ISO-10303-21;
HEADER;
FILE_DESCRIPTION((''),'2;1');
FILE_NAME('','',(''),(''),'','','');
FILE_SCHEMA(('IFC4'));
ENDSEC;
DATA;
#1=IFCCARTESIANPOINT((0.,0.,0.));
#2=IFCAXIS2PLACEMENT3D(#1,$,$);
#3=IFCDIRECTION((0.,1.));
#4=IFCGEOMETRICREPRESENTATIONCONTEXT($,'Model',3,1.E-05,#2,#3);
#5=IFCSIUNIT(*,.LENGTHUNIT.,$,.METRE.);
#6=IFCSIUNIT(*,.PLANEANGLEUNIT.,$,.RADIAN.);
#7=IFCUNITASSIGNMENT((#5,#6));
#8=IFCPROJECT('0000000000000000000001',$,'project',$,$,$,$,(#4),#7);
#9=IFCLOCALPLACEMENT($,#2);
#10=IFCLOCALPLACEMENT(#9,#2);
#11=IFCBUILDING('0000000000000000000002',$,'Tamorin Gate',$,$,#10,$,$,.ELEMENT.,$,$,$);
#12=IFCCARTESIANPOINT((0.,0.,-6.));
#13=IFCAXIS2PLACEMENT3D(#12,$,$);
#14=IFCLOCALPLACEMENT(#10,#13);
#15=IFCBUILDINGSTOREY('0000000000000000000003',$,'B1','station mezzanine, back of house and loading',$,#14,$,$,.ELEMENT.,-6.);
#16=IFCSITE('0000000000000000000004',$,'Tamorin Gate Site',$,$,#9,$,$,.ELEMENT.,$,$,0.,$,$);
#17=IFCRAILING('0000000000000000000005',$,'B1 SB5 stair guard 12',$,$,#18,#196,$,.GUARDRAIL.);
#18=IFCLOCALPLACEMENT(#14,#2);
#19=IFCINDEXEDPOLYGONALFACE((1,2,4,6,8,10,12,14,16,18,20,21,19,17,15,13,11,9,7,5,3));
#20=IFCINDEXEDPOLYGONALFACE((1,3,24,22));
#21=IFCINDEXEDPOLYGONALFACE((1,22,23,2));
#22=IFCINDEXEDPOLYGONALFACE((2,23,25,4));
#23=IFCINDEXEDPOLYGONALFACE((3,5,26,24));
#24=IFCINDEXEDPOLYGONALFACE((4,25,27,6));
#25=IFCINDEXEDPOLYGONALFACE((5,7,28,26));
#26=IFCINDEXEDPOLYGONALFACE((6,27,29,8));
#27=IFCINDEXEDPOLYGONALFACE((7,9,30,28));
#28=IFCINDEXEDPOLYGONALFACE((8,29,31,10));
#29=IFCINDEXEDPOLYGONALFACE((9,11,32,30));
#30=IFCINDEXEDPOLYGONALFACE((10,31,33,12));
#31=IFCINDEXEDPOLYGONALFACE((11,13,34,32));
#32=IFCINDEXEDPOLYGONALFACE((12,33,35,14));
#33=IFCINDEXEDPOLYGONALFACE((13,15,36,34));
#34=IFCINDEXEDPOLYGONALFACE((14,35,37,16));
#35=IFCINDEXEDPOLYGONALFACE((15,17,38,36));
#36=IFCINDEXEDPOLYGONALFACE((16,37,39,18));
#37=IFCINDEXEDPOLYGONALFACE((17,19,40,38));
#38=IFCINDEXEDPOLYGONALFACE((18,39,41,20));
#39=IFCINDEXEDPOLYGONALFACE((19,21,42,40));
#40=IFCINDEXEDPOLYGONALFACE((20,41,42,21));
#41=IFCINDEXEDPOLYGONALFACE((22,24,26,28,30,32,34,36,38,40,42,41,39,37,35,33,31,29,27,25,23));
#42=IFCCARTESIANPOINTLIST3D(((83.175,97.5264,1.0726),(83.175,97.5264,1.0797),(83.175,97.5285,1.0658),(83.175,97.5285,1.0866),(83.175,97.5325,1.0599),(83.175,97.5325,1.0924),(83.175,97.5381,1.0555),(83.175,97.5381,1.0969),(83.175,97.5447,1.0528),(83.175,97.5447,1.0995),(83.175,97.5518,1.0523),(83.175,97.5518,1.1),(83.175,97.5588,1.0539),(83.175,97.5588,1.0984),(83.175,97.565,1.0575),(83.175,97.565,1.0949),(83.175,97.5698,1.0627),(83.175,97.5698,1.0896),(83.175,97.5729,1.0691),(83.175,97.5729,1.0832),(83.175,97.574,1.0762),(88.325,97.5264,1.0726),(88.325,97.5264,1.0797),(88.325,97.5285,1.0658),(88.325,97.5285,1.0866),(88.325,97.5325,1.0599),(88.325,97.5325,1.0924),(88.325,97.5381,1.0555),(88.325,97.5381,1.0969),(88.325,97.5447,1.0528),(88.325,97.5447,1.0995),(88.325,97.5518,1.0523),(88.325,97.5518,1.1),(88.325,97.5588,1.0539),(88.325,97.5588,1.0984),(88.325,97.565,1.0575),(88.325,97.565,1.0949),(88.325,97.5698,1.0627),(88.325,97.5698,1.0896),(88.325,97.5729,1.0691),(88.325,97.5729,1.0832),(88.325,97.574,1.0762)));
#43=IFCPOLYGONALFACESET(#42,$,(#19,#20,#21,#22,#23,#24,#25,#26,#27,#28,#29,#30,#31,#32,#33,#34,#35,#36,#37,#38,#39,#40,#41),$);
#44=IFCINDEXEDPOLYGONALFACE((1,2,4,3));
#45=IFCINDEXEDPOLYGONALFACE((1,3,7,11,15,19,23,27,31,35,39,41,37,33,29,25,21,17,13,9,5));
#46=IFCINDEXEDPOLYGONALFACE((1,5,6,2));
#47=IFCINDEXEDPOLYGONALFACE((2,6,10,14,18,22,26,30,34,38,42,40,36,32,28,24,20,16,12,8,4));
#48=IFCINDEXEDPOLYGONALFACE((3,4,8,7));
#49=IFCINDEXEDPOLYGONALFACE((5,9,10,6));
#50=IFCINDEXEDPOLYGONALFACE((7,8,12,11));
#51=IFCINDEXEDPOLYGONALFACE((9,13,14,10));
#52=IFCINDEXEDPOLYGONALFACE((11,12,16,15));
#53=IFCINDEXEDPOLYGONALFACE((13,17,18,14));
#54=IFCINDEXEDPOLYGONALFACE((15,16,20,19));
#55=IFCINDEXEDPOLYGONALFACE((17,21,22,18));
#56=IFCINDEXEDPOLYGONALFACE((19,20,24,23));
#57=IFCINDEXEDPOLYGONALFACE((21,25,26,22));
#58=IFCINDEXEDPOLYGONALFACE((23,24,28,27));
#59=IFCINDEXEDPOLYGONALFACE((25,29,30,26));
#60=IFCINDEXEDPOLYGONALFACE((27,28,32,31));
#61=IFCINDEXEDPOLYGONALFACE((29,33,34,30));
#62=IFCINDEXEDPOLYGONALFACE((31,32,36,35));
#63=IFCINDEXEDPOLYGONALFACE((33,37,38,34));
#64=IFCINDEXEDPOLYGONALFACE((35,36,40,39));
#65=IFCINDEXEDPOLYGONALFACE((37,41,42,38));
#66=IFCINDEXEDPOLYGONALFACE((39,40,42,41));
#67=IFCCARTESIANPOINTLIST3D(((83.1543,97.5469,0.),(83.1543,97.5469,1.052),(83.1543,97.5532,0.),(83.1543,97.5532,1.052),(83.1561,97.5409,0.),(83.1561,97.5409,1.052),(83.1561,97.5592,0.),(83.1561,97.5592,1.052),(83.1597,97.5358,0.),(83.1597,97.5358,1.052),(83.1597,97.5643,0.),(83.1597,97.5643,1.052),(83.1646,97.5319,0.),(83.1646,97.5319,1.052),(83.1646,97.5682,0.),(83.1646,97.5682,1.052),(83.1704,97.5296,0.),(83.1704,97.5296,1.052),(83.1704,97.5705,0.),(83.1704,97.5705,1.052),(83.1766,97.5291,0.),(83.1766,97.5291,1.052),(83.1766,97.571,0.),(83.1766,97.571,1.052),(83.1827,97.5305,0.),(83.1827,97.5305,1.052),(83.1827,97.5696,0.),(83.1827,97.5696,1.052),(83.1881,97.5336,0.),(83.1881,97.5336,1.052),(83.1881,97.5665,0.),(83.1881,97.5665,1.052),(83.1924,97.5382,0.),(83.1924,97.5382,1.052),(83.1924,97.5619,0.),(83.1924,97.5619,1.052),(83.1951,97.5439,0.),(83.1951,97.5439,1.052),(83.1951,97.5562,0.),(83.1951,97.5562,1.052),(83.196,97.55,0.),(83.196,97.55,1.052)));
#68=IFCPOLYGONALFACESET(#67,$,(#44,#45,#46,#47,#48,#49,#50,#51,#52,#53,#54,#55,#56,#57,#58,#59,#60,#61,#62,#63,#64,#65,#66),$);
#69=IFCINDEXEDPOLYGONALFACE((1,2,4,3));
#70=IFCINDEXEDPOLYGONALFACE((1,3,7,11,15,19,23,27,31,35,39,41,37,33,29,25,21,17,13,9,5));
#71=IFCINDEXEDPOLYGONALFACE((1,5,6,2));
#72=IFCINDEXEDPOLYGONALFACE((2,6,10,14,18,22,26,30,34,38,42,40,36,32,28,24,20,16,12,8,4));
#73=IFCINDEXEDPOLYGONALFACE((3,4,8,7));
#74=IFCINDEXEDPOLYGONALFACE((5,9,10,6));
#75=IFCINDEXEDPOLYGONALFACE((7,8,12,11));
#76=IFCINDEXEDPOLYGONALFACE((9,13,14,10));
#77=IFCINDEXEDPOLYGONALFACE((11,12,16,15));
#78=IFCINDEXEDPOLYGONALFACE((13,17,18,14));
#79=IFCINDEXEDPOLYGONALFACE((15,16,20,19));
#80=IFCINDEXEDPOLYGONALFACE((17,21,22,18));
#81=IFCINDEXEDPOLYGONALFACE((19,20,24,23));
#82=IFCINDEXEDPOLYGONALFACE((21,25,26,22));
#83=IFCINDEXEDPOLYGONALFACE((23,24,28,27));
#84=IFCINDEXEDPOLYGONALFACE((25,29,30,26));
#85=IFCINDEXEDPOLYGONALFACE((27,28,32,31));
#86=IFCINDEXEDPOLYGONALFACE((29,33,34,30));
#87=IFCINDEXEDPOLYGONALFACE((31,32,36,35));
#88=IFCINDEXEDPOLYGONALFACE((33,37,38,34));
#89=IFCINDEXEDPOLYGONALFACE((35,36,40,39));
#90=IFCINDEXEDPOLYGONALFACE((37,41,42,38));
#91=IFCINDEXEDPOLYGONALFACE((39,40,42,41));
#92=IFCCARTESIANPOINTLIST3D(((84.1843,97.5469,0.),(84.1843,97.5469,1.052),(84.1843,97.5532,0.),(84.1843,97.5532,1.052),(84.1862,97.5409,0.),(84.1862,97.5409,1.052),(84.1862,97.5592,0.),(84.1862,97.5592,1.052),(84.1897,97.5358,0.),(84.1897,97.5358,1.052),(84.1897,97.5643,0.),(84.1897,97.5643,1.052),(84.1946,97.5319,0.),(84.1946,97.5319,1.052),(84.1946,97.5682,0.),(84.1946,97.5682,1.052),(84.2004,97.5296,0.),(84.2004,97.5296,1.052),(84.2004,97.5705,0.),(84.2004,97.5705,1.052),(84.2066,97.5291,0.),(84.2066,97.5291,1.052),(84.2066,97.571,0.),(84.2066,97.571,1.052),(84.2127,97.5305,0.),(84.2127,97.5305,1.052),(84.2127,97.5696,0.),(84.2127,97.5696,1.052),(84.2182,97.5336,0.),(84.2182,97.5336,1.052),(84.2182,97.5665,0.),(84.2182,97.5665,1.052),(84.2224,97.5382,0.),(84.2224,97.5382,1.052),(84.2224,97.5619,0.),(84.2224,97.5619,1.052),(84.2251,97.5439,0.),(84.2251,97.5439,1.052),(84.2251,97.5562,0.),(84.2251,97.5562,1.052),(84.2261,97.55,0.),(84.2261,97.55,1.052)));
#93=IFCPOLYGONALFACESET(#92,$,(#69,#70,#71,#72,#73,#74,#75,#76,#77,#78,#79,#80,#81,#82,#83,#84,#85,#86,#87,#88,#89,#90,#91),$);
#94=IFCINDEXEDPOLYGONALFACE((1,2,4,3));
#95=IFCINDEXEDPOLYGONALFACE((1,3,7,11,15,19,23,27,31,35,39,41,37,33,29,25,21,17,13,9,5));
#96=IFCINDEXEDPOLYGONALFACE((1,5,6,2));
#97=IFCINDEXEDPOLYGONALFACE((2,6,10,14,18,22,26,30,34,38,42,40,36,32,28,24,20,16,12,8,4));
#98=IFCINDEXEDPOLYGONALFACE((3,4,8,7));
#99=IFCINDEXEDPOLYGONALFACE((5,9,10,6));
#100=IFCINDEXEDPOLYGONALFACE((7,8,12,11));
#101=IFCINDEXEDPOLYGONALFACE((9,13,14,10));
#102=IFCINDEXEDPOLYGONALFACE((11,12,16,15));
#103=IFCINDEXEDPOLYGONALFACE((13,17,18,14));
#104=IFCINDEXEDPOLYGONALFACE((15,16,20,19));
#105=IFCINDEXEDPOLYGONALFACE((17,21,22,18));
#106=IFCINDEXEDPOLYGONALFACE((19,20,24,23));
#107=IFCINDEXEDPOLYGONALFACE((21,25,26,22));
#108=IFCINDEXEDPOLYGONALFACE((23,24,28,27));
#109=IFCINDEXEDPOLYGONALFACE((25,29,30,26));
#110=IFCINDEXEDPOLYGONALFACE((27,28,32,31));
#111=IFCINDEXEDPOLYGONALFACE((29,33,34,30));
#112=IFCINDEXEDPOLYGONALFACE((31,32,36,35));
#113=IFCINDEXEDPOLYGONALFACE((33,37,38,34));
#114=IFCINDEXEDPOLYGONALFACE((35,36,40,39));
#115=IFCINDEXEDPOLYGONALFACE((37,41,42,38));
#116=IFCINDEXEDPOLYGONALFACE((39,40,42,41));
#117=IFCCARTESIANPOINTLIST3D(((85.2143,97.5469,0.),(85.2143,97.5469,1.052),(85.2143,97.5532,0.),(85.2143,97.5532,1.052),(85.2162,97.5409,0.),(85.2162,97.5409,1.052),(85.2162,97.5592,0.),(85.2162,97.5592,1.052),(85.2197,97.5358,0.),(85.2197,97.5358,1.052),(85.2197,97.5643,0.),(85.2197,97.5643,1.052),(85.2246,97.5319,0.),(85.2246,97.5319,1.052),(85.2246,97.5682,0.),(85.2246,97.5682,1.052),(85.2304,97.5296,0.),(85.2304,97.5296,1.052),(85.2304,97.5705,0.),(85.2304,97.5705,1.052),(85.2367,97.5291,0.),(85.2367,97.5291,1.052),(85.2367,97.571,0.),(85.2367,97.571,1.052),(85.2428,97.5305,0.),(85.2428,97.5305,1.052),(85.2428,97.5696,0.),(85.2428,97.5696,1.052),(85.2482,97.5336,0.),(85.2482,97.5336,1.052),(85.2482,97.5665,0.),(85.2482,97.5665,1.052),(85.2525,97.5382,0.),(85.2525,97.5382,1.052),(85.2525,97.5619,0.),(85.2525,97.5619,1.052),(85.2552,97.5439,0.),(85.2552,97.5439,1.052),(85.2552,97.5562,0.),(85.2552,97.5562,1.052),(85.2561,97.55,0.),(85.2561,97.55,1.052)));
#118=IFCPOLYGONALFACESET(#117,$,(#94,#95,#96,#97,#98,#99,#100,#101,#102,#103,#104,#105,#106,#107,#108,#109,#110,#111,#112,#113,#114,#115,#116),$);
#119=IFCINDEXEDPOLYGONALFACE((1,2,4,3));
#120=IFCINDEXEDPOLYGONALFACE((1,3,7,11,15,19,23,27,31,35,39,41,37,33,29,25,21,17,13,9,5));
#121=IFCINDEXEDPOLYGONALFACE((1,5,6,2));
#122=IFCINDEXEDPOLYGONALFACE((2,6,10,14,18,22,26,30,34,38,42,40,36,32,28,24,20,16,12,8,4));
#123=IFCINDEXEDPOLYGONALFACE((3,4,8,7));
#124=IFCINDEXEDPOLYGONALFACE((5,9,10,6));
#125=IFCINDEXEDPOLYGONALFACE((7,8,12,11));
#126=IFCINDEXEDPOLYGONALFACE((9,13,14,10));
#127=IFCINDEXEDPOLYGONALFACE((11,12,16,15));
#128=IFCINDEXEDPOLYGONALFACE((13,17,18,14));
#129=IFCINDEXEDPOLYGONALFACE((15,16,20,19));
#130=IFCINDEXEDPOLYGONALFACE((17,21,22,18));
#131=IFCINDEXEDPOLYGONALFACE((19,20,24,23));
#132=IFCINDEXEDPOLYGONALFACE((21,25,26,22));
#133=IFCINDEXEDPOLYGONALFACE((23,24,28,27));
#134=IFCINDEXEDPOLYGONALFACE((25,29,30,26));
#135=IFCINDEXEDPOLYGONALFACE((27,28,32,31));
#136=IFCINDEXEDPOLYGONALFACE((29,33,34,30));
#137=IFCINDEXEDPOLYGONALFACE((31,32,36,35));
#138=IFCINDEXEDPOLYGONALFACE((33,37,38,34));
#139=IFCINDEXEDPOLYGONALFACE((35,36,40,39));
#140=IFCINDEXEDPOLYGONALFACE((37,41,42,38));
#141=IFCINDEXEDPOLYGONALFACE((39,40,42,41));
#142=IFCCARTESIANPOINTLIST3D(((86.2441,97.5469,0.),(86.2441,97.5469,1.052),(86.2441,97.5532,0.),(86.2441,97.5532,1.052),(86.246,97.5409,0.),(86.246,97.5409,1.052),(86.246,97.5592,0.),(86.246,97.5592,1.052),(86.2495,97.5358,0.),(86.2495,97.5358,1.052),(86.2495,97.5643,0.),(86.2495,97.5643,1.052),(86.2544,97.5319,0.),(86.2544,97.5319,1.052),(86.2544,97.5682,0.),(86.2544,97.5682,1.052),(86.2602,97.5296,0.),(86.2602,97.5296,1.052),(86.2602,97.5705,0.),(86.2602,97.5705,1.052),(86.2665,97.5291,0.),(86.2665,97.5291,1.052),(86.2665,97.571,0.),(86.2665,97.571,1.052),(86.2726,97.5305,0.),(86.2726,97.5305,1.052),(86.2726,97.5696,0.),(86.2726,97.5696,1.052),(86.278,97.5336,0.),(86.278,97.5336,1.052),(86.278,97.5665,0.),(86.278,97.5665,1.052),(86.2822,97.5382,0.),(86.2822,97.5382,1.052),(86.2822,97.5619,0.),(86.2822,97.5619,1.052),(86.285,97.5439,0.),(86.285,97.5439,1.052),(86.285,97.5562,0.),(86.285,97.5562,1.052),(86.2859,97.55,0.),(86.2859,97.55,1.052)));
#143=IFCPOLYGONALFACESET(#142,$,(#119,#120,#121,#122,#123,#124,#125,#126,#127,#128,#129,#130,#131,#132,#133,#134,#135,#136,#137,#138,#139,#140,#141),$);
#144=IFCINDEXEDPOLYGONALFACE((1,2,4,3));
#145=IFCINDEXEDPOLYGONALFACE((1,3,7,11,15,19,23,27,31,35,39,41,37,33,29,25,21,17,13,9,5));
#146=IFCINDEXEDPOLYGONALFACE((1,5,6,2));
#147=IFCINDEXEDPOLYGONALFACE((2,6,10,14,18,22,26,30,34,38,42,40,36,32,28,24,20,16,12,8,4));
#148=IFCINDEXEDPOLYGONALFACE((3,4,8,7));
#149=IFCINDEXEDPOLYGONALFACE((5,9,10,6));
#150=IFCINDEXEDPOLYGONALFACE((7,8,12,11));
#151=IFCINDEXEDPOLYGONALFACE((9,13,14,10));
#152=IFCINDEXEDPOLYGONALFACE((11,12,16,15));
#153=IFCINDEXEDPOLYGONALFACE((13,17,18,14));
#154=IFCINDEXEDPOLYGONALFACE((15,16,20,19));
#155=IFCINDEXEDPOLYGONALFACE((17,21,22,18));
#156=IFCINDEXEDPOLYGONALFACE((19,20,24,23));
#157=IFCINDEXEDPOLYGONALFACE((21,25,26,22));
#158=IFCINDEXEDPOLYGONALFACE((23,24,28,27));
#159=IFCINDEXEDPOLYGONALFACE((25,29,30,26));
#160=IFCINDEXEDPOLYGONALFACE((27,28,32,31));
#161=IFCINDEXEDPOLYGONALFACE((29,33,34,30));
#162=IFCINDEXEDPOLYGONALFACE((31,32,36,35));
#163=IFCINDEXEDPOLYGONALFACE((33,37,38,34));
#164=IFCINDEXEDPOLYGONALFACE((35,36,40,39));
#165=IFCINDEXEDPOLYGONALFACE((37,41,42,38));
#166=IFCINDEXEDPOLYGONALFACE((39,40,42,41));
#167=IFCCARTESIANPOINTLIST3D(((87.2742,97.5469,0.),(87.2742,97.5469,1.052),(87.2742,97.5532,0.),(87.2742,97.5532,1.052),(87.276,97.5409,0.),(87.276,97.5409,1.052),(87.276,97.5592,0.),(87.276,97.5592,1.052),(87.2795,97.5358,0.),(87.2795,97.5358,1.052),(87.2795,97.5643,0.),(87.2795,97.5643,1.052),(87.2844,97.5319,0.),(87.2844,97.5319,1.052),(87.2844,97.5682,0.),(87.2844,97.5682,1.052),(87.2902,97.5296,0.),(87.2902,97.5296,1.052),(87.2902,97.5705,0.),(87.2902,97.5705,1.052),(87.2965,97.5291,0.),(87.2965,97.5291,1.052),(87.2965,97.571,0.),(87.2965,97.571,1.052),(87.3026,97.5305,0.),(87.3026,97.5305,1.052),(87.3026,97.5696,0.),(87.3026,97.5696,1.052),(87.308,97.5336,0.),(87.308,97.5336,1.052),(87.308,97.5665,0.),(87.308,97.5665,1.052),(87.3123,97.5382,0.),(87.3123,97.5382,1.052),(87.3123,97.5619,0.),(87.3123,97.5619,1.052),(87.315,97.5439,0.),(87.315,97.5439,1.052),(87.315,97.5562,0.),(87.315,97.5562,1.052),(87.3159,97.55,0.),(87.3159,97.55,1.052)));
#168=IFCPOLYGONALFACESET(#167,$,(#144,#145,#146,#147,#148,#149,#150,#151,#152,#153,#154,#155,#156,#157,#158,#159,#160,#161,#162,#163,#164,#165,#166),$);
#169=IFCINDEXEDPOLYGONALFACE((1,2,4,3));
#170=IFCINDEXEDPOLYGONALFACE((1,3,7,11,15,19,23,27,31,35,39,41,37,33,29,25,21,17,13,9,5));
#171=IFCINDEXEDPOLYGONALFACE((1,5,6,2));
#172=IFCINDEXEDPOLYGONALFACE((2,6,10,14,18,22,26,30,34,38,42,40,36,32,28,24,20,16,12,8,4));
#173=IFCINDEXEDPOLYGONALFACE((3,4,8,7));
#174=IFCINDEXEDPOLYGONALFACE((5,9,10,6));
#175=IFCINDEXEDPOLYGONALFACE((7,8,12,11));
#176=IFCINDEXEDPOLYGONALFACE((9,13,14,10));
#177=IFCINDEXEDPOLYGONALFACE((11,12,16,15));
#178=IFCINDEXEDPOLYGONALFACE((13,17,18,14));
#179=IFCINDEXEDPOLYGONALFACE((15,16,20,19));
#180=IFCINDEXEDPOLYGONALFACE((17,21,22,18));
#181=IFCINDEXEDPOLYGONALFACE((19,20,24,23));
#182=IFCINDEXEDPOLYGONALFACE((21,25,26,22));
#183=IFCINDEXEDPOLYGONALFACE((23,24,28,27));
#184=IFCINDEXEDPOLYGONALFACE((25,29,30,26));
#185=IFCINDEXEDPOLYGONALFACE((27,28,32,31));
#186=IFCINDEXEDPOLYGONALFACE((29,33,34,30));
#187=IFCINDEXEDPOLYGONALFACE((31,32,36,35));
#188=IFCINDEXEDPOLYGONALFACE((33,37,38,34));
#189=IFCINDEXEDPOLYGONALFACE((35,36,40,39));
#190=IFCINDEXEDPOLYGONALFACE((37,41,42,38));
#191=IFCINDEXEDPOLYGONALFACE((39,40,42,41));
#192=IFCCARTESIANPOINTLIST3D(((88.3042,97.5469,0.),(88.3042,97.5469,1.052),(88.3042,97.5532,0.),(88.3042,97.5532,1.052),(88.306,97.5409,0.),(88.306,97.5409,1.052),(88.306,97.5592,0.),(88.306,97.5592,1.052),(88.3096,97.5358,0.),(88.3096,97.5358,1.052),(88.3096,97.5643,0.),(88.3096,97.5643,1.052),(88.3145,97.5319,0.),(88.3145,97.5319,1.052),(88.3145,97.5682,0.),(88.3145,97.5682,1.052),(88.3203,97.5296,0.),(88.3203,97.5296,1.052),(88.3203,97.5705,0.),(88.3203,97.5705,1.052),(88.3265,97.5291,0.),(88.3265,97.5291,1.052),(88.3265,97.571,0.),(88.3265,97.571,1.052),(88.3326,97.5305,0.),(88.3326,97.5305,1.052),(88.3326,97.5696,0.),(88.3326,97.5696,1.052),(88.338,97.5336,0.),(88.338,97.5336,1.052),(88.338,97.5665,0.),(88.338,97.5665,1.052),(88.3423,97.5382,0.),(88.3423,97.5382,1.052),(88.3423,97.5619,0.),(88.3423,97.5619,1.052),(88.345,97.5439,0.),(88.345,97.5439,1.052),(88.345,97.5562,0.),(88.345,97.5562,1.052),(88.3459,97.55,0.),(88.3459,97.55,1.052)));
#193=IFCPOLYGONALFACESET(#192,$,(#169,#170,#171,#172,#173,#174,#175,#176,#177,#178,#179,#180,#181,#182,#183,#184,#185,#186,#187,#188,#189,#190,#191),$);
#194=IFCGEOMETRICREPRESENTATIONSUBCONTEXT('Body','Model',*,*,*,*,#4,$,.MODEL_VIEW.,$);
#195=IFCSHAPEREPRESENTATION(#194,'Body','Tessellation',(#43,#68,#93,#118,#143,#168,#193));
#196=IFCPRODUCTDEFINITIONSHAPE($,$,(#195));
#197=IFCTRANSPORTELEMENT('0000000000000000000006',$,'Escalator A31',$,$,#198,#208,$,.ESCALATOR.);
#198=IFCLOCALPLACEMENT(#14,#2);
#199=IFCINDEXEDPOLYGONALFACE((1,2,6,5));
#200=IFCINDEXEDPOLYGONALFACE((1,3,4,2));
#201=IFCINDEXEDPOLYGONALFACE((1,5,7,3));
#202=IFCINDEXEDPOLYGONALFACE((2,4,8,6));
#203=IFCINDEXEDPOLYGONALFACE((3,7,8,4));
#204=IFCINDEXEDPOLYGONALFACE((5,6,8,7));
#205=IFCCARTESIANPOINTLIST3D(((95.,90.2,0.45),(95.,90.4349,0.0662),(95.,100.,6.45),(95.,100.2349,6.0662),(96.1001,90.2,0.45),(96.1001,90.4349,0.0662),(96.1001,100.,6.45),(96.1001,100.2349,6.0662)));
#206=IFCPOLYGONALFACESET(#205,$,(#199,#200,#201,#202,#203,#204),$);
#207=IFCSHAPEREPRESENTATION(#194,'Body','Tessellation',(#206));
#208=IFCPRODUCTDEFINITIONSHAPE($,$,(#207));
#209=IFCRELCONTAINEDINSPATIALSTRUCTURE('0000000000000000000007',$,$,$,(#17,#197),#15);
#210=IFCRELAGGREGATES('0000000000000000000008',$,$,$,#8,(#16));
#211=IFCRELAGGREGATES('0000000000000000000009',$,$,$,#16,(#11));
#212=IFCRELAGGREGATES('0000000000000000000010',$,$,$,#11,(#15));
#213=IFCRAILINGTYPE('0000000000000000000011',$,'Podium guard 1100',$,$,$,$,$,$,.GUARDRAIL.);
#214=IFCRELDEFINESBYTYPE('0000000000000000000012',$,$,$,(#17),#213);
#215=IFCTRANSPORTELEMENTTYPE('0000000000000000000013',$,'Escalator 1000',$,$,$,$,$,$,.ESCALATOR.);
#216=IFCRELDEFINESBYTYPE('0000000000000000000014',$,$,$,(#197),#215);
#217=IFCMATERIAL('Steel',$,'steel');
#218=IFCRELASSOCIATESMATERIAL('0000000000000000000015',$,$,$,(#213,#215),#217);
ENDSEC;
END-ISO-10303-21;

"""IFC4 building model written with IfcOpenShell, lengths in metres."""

from ifc_helpers import new_model, si_unit, direction, frame, origin, origin_2d, place, context, subcontext, project, spatial, polyline, circle, outline, extrude, material, type_object, element, save


model = new_model("IFC4")

# Units and contexts
model_context = context("Model", 3, precision=1e-05, world=origin(), true_north=direction((0.0, 1.0)))
body_context = subcontext(model_context, "Body", "Model", "MODEL_VIEW")
ifc_project = project(units=[si_unit("LENGTHUNIT", "METRE"), si_unit("PLANEANGLEUNIT", "RADIAN")], contexts=[model_context])

# Site, building, storey
site_placement = place(None, origin())
site = spatial("IfcSite", under=ifc_project, at=site_placement, Name="Tamorin Gate Site", CompositionType="ELEMENT", RefElevation=0.0)
building_placement = place(site_placement, origin())
building = spatial("IfcBuilding", under=site, at=building_placement, Name="Tamorin Gate", CompositionType="ELEMENT")
storey_placement = place(building_placement, frame((0.0, 0.0, -6.0)))
storey = spatial("IfcBuildingStorey", under=building, at=storey_placement, Name="B1", Description="station mezzanine, back of house and loading", CompositionType="ELEMENT", Elevation=-6.0)

# Railing
ifc_material_1 = material(Name="Steel", Category="steel")
railing_type_1 = type_object("IfcRailingType", Name="Podium guard 1100", PredefinedType="GUARDRAIL", material=ifc_material_1)
railing_1_placement = place(storey_placement, frame((83.175, 97.55, 0.0)))
element("IfcRailing", 1, at=railing_1_placement, inside=storey, type_object=railing_type_1, Name="B1 SB5 stair guard 12", PredefinedType="GUARDRAIL", context=body_context, shape_type="SweptSolid", body=[
    extrude(circle(Radius=0.0239, at=origin_2d()), frame((0.0, 0.0, 1.0762), z_axis=(1.0, 0.0, 0.0), x_axis=(0.0, 1.0, 0.0)), (0.0, 0.0, 1.0), 5.1499),
    extrude(circle(Radius=0.021, at=origin_2d()), origin(), (0.0, 0.0, 1.0), 1.052),
    extrude(circle(Radius=0.021, at=origin_2d()), frame((1.03, 0.0, 0.0)), (0.0, 0.0, 1.0), 1.052),
    extrude(circle(Radius=0.021, at=origin_2d()), frame((2.0601, 0.0, 0.0)), (0.0, 0.0, 1.0), 1.052),
    extrude(circle(Radius=0.021, at=origin_2d()), frame((3.0898, 0.0, 0.0)), (0.0, 0.0, 1.0), 1.052),
    extrude(circle(Radius=0.021, at=origin_2d()), frame((4.1199, 0.0, 0.0)), (0.0, 0.0, 1.0), 1.052),
    extrude(circle(Radius=0.021, at=origin_2d()), frame((5.1499, 0.0, 0.0)), (0.0, 0.0, 1.0), 1.052),
])

# Transport element
transport_element_type = type_object("IfcTransportElementType", Name="Escalator 1000", PredefinedType="ESCALATOR", material=ifc_material_1)
transport_element_1_placement = place(storey_placement, frame((95.0, 90.2, 0.45), z_axis=(0.0, -0.522152, 0.852852), x_axis=(1.0, 0.0, 0.0)))
element("IfcTransportElement", 2, at=transport_element_1_placement, inside=storey, type_object=transport_element_type, Name="Escalator A31", PredefinedType="ESCALATOR", context=body_context, shape_type="SweptSolid", body=[
    extrude(outline(polyline([(0.0, 0.0), (1.1001, 0.0), (1.1001, 11.4909), (0.0, 11.4909), (0.0, 0.0)])), origin(), (0.0, 0.0, -1.0), 0.45),
])

save(model, "model.ifc")
